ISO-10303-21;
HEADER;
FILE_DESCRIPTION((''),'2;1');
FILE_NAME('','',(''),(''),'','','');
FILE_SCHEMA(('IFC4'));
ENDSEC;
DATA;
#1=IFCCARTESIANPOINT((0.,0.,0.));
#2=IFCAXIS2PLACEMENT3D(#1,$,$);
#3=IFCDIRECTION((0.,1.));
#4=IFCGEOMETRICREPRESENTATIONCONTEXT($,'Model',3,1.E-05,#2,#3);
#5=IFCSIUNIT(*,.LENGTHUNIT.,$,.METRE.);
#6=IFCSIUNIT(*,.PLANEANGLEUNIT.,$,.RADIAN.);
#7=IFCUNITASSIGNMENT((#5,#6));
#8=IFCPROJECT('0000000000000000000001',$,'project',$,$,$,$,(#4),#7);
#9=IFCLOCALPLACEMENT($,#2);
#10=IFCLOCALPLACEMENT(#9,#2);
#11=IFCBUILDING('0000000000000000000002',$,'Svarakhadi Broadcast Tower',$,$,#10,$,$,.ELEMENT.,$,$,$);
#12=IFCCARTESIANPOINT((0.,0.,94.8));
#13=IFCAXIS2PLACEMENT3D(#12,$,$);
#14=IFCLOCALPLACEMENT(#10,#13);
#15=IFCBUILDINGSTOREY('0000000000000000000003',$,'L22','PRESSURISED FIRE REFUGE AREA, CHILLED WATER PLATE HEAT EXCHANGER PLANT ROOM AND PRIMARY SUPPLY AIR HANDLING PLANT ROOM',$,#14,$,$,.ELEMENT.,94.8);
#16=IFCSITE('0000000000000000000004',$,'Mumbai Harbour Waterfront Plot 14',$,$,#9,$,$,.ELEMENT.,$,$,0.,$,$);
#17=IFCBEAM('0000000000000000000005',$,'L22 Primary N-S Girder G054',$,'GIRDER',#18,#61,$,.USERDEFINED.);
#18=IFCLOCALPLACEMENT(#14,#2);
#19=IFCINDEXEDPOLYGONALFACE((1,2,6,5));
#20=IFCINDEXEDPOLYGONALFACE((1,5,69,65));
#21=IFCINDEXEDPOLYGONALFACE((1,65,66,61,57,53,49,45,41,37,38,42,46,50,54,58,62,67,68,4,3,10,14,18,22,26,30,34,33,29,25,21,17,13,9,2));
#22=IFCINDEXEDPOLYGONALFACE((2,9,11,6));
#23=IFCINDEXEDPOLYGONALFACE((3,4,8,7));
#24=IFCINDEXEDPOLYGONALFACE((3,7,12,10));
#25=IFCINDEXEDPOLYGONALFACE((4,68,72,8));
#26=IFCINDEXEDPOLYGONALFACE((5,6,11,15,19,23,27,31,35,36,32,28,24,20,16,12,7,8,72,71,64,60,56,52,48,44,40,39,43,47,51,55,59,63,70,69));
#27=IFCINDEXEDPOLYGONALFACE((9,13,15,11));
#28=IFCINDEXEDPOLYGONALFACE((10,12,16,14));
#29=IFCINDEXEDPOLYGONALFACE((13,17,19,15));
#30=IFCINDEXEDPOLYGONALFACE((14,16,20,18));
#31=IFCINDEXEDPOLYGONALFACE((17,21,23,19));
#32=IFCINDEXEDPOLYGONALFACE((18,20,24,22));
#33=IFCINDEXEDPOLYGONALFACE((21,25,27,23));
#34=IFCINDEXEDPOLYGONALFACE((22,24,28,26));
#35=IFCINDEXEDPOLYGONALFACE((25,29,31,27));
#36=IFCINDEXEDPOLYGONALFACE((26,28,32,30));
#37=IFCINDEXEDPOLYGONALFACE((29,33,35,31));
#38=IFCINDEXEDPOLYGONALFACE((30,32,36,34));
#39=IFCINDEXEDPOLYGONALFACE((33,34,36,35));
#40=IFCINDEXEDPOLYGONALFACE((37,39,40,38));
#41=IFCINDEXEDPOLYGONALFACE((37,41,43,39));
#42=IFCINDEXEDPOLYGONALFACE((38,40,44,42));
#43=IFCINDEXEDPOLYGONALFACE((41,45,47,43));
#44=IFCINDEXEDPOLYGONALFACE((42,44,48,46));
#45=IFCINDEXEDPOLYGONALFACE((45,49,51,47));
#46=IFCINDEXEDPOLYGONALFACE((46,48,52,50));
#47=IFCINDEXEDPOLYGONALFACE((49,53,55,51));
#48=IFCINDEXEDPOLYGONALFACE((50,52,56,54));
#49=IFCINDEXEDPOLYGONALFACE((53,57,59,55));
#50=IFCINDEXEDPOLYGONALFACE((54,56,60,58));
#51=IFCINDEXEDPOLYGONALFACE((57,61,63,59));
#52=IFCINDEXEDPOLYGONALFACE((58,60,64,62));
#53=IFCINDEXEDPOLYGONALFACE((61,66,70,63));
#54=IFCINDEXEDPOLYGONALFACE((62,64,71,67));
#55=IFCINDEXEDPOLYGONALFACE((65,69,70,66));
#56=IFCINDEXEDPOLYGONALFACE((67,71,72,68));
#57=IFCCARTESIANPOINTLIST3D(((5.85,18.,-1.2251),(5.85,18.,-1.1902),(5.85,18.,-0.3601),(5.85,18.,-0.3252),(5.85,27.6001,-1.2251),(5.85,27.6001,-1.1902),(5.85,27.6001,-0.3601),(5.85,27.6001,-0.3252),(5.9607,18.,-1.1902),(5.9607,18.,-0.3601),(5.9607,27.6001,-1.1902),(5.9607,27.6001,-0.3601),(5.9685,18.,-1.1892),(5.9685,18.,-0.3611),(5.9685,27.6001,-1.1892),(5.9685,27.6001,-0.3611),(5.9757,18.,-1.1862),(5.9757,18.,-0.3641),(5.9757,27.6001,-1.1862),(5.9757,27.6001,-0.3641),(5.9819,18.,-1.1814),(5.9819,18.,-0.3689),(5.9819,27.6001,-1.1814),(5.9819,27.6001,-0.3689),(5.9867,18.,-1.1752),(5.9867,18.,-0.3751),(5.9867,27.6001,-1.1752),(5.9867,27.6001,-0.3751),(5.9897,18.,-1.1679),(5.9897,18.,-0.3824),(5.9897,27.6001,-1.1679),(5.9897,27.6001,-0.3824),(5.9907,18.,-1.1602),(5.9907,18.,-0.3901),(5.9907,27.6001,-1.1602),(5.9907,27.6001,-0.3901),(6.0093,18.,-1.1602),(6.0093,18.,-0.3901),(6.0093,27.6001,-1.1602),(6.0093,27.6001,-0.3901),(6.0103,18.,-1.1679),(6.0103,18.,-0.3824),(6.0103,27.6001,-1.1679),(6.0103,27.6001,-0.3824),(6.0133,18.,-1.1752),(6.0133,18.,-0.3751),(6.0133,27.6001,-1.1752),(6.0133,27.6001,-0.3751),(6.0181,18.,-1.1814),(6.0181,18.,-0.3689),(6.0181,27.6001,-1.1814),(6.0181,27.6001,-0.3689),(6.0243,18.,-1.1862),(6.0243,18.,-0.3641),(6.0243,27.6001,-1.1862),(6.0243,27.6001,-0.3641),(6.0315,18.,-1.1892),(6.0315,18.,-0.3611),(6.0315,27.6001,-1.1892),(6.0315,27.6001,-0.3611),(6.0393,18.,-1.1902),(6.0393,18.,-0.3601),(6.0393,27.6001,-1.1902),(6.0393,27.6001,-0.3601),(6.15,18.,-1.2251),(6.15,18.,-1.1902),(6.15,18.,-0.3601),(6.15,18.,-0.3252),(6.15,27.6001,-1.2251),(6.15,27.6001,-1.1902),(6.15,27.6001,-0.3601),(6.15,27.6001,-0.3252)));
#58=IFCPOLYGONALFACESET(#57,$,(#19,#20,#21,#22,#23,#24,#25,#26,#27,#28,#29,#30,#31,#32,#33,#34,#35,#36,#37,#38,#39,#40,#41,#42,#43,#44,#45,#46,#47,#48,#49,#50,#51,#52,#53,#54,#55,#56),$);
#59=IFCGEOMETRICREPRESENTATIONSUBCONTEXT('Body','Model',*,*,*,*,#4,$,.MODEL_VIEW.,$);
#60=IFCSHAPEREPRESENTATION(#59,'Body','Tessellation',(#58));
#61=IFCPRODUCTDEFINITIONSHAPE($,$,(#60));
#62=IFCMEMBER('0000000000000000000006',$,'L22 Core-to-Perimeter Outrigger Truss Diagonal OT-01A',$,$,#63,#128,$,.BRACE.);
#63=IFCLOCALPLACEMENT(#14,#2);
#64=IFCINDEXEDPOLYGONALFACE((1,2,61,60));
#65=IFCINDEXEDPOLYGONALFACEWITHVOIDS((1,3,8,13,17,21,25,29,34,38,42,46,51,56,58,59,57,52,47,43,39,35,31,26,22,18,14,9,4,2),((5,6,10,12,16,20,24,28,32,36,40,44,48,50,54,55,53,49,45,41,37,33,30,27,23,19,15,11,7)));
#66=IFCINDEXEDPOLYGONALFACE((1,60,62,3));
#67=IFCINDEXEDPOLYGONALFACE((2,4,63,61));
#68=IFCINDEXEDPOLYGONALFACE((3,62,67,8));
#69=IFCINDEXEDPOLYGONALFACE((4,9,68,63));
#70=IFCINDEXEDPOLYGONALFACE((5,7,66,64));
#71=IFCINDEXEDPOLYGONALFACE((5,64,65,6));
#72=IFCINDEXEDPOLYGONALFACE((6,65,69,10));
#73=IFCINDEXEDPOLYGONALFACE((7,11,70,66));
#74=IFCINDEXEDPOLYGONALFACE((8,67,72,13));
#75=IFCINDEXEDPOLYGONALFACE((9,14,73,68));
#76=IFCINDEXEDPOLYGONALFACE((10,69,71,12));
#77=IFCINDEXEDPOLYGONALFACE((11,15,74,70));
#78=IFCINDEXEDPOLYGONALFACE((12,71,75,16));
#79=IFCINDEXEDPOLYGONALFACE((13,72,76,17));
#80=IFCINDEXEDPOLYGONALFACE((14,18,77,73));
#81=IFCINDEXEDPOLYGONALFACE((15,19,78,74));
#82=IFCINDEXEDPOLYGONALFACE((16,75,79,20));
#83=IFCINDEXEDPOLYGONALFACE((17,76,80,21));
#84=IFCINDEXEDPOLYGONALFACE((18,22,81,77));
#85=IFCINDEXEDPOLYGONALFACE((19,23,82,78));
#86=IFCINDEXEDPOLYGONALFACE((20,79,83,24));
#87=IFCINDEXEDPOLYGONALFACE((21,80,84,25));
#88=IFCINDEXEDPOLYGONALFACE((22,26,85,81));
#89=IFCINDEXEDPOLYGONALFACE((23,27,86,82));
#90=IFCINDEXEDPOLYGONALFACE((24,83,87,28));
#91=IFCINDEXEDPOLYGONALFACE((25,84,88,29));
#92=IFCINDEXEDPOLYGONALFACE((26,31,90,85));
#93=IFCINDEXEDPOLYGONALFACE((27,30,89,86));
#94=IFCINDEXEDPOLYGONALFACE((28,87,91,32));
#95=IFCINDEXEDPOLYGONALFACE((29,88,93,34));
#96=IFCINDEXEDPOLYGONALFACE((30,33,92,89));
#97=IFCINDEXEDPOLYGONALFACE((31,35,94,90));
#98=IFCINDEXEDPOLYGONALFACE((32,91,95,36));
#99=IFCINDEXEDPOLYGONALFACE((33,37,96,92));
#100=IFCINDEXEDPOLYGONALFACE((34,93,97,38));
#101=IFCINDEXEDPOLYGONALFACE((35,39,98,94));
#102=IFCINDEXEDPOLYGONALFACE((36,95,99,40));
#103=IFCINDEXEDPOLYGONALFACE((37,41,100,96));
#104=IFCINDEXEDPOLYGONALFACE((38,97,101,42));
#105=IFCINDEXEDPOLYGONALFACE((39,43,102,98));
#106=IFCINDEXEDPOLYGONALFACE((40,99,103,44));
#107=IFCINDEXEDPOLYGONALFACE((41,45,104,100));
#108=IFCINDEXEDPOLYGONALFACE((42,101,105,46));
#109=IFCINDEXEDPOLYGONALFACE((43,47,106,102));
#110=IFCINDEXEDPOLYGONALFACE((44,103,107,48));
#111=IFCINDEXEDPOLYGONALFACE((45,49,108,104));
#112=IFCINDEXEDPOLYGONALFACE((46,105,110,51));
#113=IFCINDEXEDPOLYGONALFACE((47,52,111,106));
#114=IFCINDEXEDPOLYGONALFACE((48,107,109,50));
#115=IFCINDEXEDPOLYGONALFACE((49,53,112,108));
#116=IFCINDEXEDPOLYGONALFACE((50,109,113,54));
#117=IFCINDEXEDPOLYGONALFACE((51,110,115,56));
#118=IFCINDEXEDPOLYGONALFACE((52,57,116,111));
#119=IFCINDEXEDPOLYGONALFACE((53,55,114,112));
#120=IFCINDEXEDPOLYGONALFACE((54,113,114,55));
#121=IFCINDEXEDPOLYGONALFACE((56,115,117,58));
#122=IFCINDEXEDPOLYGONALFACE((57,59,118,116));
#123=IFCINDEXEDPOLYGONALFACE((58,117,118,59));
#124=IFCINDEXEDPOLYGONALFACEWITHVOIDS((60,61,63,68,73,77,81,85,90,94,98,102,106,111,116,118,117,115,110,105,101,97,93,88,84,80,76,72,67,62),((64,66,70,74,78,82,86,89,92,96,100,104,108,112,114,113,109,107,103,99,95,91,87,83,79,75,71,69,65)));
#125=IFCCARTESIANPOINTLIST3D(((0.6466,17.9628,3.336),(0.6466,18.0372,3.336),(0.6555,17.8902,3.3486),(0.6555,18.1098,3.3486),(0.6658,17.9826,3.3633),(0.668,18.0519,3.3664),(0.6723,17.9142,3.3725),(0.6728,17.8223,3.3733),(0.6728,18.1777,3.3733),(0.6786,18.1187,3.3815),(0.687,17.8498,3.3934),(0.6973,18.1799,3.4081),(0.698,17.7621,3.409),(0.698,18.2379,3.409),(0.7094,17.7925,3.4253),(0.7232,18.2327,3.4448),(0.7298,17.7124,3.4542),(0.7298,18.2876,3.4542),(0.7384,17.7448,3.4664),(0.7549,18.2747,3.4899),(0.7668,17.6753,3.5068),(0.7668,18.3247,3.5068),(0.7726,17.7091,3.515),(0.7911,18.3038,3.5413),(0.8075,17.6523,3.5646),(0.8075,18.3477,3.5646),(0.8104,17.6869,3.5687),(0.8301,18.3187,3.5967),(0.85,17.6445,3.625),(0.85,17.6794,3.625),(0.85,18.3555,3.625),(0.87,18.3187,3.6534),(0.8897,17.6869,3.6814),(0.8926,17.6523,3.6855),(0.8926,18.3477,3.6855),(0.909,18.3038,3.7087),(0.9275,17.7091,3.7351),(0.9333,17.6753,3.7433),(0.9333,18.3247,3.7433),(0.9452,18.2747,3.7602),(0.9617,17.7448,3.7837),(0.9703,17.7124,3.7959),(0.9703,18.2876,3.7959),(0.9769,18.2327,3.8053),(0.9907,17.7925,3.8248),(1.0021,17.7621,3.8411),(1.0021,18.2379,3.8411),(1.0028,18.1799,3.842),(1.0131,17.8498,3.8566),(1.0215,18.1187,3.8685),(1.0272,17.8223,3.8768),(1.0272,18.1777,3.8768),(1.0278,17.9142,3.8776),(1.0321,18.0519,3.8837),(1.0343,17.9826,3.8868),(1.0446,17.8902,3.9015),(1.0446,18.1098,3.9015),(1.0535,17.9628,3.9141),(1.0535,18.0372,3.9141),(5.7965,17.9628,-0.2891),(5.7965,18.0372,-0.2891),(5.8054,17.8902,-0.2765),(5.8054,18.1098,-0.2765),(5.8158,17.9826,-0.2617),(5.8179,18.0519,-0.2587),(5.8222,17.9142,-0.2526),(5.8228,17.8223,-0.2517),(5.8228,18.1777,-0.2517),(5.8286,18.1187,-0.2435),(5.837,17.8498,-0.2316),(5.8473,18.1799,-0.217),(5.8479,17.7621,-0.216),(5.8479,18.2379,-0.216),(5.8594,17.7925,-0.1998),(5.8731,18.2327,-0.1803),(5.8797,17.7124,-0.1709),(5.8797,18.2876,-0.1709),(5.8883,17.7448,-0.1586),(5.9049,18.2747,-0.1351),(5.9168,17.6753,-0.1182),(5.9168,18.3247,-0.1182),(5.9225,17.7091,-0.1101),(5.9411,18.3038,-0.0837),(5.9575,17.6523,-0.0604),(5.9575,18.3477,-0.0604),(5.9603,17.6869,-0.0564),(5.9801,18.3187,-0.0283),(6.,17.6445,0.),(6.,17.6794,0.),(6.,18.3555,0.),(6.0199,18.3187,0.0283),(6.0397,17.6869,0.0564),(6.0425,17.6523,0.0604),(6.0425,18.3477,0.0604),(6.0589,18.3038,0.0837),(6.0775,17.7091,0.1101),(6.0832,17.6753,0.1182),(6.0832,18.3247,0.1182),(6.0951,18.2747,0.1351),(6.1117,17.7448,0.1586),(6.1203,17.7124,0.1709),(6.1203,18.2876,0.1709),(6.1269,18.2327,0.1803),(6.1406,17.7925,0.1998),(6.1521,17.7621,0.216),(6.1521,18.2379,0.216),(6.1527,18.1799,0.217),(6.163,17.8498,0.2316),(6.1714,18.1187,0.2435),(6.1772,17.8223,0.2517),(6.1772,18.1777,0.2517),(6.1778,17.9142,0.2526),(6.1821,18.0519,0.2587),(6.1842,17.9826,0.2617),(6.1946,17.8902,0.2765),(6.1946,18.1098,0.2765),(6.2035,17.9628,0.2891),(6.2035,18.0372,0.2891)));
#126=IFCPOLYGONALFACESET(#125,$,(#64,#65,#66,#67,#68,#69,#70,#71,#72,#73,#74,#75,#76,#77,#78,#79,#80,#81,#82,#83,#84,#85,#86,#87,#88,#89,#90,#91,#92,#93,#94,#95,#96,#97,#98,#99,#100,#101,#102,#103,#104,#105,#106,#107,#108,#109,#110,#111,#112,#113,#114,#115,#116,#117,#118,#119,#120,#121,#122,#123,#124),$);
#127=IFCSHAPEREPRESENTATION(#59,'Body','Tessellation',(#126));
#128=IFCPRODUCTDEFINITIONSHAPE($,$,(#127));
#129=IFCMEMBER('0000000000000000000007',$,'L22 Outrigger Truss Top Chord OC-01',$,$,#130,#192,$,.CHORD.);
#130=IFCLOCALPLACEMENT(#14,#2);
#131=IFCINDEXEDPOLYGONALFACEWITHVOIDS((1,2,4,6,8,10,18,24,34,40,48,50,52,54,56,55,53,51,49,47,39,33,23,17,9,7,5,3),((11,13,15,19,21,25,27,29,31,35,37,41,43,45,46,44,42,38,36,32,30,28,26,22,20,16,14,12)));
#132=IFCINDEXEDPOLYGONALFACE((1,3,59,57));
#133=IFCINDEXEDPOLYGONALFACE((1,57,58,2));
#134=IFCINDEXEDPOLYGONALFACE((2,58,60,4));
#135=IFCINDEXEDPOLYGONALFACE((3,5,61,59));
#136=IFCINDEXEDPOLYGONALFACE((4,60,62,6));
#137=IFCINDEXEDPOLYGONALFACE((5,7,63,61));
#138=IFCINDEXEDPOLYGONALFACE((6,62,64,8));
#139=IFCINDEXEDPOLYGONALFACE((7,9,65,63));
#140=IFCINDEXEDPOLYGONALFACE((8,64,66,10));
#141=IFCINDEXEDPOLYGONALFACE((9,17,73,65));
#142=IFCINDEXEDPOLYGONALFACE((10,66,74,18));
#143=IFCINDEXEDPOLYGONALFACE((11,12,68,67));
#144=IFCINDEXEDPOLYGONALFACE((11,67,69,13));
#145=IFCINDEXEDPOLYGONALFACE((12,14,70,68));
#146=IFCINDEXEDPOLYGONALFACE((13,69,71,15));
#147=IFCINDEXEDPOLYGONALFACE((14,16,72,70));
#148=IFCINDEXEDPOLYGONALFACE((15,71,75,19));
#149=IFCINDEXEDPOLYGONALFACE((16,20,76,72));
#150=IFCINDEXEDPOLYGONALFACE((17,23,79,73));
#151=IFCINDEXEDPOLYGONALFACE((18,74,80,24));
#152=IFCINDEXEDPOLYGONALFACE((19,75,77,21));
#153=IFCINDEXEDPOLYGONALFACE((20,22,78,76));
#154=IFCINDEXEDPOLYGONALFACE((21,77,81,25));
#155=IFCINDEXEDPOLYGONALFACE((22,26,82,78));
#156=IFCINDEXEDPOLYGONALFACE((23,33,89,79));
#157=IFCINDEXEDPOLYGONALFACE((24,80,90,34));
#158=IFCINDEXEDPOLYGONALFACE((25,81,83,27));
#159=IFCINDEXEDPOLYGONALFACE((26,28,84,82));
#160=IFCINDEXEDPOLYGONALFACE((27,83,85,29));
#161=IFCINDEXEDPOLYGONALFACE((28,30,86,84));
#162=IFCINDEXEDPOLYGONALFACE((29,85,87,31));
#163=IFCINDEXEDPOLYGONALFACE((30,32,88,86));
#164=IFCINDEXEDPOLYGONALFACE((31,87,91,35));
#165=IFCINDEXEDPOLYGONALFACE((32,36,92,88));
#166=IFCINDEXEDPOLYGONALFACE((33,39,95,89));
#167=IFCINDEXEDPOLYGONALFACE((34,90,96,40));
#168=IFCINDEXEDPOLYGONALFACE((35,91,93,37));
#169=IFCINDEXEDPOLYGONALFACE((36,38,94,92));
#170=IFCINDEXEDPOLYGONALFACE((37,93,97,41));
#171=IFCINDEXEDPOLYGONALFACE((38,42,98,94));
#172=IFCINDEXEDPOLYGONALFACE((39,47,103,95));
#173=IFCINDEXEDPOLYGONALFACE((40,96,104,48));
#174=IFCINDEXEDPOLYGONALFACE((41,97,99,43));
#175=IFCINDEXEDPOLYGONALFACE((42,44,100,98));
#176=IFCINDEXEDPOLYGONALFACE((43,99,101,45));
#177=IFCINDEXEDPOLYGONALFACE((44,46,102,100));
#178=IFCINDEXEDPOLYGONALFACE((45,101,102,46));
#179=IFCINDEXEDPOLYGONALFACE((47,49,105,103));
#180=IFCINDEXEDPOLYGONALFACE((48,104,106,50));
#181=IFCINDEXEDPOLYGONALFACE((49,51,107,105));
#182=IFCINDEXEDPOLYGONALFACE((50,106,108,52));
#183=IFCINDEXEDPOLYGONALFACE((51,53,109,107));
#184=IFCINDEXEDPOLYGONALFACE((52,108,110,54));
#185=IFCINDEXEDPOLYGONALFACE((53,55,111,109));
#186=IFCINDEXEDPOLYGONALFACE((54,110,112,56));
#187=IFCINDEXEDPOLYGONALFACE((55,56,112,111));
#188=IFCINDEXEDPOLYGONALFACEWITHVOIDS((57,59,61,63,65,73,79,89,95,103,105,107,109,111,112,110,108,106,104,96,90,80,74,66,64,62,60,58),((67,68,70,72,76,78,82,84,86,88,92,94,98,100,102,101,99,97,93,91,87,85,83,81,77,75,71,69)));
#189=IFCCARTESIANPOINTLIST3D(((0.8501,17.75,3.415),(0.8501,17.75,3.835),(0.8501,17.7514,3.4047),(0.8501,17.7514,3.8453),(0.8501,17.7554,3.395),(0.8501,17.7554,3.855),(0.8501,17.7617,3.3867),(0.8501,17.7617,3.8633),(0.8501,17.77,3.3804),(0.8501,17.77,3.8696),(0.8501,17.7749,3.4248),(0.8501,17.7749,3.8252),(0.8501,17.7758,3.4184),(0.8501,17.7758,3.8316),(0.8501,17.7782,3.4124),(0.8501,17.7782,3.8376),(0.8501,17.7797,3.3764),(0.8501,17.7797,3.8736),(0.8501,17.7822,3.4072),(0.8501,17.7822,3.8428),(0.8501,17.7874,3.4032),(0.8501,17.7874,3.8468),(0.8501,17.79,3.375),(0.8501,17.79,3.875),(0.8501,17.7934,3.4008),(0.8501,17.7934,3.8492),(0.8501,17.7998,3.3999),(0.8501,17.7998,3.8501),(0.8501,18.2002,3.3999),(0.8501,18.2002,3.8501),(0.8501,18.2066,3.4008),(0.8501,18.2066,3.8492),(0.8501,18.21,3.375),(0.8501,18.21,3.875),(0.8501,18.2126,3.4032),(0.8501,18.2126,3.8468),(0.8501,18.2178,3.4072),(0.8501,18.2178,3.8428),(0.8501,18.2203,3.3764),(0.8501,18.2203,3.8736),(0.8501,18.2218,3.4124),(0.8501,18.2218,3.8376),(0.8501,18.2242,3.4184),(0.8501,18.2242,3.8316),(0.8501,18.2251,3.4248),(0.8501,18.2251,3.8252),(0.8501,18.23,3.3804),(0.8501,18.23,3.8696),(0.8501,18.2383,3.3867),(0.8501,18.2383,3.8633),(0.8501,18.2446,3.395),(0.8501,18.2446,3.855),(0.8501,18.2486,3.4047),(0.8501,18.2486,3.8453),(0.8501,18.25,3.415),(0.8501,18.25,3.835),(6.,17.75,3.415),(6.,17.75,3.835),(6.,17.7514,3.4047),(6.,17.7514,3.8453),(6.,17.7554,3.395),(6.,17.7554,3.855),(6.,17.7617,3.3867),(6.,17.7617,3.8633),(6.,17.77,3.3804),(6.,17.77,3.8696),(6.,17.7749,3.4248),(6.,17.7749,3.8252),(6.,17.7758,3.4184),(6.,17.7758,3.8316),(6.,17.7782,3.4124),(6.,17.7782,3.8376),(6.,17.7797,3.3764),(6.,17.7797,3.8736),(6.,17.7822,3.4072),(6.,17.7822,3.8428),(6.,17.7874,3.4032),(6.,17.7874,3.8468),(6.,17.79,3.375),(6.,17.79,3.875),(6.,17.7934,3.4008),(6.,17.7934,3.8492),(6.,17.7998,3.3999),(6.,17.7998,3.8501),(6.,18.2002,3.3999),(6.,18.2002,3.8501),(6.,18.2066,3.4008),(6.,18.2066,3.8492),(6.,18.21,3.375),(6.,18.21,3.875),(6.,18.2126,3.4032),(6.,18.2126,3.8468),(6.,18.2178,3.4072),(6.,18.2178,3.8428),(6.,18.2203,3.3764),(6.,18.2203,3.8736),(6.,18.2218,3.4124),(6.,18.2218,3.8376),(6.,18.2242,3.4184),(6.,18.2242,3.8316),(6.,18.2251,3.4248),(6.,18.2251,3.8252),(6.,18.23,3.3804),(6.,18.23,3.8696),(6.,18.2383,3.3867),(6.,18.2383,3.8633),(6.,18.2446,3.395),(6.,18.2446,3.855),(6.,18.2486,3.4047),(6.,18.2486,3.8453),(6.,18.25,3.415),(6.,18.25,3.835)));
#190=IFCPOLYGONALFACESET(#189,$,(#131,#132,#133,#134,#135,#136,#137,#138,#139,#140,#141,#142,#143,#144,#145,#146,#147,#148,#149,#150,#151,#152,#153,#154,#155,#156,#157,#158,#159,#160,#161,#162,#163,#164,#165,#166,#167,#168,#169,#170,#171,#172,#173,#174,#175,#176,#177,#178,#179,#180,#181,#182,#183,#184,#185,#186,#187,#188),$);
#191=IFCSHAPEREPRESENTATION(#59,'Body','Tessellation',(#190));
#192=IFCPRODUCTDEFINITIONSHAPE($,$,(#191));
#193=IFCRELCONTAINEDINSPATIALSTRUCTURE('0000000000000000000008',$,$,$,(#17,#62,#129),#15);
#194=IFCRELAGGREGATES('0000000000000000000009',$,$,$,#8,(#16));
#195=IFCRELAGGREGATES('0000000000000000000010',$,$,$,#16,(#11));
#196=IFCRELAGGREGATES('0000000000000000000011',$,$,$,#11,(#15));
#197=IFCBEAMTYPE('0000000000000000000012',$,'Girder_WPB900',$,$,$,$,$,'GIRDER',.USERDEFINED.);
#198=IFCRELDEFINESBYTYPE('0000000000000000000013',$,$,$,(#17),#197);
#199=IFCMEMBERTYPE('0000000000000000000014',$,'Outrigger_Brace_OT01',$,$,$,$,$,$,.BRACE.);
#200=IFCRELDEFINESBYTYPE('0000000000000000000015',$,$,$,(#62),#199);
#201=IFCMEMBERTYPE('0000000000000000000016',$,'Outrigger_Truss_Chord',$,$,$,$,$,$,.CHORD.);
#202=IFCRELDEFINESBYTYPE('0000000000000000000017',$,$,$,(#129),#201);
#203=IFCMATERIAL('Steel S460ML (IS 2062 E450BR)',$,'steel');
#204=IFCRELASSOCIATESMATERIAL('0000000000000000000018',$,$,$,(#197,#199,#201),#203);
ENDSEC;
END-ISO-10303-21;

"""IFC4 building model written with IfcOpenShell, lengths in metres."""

from ifc_helpers import new_model, si_unit, direction, frame, origin, origin_2d, place, context, subcontext, project, spatial, hollow_rectangle, hollow_circle, i_section, extrude, material, material_profile, profile_set, type_object, element, save


model = new_model("IFC4")

# Units and contexts
model_context = context("Model", 3, precision=1e-05, world=origin(), true_north=direction((0.0, 1.0)))
body_context = subcontext(model_context, "Body", "Model", "MODEL_VIEW")
ifc_project = project(units=[si_unit("LENGTHUNIT", "METRE"), si_unit("PLANEANGLEUNIT", "RADIAN")], contexts=[model_context])

# Site, building, storey
site_placement = place(None, origin())
site = spatial("IfcSite", under=ifc_project, at=site_placement, Name="Mumbai Harbour Waterfront Plot 14", CompositionType="ELEMENT", RefElevation=0.0)
building_placement = place(site_placement, origin())
building = spatial("IfcBuilding", under=site, at=building_placement, Name="Svarakhadi Broadcast Tower", CompositionType="ELEMENT")
storey_placement = place(building_placement, frame((0.0, 0.0, 94.8)))
storey = spatial("IfcBuildingStorey", under=building, at=storey_placement, Name="L22", Description="PRESSURISED FIRE REFUGE AREA, CHILLED WATER PLATE HEAT EXCHANGER PLANT ROOM AND PRIMARY SUPPLY AIR HANDLING PLANT ROOM", CompositionType="ELEMENT", Elevation=94.8)

# Shared definitions
ifc_material_1 = material(Name="Steel S460ML (IS 2062 E450BR)", Category="steel")

# Beam
ifc_material_profile_1 = material_profile(ifc_material_1, i_section(OverallWidth=0.3, OverallDepth=0.8999, WebThickness=0.0186, FlangeThickness=0.0349, FilletRadius=0.03, at=origin_2d()), Name="WPB 900x300x291")
ifc_profile_set_1 = profile_set([ifc_material_profile_1], Name="Steel S460ML (IS 2062 E450BR)")
beam_type_1 = type_object("IfcBeamType", Name="Girder_WPB900", ElementType="GIRDER", PredefinedType="USERDEFINED", material=ifc_profile_set_1)
beam_placement = place(storey_placement, frame((6.0, 18.0, -0.7751), z_axis=(0.0, 1.0, 0.0), x_axis=(-1.0, 0.0, 0.0)))
element("IfcBeam", 1, at=beam_placement, inside=storey, type_object=beam_type_1, Name="L22 Primary N-S Girder G054", ObjectType="GIRDER", PredefinedType="USERDEFINED", context=body_context, shape_type="SweptSolid", body=[
    extrude(i_section(OverallWidth=0.3, OverallDepth=0.8999, WebThickness=0.0186, FlangeThickness=0.0349, FilletRadius=0.03, at=origin_2d()), origin(), (0.0, 0.0, 1.0), 9.6001),
])

# Members
ifc_material_profile_2 = material_profile(ifc_material_1, hollow_circle(Radius=0.3555, WallThickness=0.0349, at=origin_2d()), Name="CHS 711x35")
ifc_profile_set_2 = profile_set([ifc_material_profile_2], Name="Steel S460ML (IS 2062 E450BR)")
member_type_1 = type_object("IfcMemberType", Name="Outrigger_Brace_OT01", PredefinedType="BRACE", material=ifc_profile_set_2)
member_1_placement = place(storey_placement, frame((6.0, 18.0, 0.0), z_axis=(-0.817732, 0.0, 0.575599), x_axis=(0.0, -1.0, 0.0)))
element("IfcMember", 2, at=member_1_placement, inside=storey, type_object=member_type_1, Name="L22 Core-to-Perimeter Outrigger Truss Diagonal OT-01A", PredefinedType="BRACE", context=body_context, shape_type="SweptSolid", body=[
    extrude(hollow_circle(Radius=0.3555, WallThickness=0.0349, at=origin_2d()), origin(), (0.0, 0.0, 1.0), 6.2979),
])
ifc_material_profile_3 = material_profile(ifc_material_1, hollow_rectangle(XDim=0.5, YDim=0.5, WallThickness=0.0249, InnerFilletRadius=0.0249, OuterFilletRadius=0.04, at=origin_2d()), Name="SHS 500x500x25")
ifc_profile_set_3 = profile_set([ifc_material_profile_3], Name="Steel S460ML (IS 2062 E450BR)")
member_type_2 = type_object("IfcMemberType", Name="Outrigger_Truss_Chord", PredefinedType="CHORD", material=ifc_profile_set_3)
member_2_placement = place(storey_placement, frame((6.0, 18.0, 3.625), z_axis=(-1.0, 0.0, 0.0), x_axis=(0.0, -1.0, 0.0)))
element("IfcMember", 3, at=member_2_placement, inside=storey, type_object=member_type_2, Name="L22 Outrigger Truss Top Chord OC-01", PredefinedType="CHORD", context=body_context, shape_type="SweptSolid", body=[
    extrude(hollow_rectangle(XDim=0.5, YDim=0.5, WallThickness=0.0249, InnerFilletRadius=0.0249, OuterFilletRadius=0.04, at=origin_2d()), origin(), (0.0, 0.0, 1.0), 5.1499),
])

save(model, "model.ifc")
